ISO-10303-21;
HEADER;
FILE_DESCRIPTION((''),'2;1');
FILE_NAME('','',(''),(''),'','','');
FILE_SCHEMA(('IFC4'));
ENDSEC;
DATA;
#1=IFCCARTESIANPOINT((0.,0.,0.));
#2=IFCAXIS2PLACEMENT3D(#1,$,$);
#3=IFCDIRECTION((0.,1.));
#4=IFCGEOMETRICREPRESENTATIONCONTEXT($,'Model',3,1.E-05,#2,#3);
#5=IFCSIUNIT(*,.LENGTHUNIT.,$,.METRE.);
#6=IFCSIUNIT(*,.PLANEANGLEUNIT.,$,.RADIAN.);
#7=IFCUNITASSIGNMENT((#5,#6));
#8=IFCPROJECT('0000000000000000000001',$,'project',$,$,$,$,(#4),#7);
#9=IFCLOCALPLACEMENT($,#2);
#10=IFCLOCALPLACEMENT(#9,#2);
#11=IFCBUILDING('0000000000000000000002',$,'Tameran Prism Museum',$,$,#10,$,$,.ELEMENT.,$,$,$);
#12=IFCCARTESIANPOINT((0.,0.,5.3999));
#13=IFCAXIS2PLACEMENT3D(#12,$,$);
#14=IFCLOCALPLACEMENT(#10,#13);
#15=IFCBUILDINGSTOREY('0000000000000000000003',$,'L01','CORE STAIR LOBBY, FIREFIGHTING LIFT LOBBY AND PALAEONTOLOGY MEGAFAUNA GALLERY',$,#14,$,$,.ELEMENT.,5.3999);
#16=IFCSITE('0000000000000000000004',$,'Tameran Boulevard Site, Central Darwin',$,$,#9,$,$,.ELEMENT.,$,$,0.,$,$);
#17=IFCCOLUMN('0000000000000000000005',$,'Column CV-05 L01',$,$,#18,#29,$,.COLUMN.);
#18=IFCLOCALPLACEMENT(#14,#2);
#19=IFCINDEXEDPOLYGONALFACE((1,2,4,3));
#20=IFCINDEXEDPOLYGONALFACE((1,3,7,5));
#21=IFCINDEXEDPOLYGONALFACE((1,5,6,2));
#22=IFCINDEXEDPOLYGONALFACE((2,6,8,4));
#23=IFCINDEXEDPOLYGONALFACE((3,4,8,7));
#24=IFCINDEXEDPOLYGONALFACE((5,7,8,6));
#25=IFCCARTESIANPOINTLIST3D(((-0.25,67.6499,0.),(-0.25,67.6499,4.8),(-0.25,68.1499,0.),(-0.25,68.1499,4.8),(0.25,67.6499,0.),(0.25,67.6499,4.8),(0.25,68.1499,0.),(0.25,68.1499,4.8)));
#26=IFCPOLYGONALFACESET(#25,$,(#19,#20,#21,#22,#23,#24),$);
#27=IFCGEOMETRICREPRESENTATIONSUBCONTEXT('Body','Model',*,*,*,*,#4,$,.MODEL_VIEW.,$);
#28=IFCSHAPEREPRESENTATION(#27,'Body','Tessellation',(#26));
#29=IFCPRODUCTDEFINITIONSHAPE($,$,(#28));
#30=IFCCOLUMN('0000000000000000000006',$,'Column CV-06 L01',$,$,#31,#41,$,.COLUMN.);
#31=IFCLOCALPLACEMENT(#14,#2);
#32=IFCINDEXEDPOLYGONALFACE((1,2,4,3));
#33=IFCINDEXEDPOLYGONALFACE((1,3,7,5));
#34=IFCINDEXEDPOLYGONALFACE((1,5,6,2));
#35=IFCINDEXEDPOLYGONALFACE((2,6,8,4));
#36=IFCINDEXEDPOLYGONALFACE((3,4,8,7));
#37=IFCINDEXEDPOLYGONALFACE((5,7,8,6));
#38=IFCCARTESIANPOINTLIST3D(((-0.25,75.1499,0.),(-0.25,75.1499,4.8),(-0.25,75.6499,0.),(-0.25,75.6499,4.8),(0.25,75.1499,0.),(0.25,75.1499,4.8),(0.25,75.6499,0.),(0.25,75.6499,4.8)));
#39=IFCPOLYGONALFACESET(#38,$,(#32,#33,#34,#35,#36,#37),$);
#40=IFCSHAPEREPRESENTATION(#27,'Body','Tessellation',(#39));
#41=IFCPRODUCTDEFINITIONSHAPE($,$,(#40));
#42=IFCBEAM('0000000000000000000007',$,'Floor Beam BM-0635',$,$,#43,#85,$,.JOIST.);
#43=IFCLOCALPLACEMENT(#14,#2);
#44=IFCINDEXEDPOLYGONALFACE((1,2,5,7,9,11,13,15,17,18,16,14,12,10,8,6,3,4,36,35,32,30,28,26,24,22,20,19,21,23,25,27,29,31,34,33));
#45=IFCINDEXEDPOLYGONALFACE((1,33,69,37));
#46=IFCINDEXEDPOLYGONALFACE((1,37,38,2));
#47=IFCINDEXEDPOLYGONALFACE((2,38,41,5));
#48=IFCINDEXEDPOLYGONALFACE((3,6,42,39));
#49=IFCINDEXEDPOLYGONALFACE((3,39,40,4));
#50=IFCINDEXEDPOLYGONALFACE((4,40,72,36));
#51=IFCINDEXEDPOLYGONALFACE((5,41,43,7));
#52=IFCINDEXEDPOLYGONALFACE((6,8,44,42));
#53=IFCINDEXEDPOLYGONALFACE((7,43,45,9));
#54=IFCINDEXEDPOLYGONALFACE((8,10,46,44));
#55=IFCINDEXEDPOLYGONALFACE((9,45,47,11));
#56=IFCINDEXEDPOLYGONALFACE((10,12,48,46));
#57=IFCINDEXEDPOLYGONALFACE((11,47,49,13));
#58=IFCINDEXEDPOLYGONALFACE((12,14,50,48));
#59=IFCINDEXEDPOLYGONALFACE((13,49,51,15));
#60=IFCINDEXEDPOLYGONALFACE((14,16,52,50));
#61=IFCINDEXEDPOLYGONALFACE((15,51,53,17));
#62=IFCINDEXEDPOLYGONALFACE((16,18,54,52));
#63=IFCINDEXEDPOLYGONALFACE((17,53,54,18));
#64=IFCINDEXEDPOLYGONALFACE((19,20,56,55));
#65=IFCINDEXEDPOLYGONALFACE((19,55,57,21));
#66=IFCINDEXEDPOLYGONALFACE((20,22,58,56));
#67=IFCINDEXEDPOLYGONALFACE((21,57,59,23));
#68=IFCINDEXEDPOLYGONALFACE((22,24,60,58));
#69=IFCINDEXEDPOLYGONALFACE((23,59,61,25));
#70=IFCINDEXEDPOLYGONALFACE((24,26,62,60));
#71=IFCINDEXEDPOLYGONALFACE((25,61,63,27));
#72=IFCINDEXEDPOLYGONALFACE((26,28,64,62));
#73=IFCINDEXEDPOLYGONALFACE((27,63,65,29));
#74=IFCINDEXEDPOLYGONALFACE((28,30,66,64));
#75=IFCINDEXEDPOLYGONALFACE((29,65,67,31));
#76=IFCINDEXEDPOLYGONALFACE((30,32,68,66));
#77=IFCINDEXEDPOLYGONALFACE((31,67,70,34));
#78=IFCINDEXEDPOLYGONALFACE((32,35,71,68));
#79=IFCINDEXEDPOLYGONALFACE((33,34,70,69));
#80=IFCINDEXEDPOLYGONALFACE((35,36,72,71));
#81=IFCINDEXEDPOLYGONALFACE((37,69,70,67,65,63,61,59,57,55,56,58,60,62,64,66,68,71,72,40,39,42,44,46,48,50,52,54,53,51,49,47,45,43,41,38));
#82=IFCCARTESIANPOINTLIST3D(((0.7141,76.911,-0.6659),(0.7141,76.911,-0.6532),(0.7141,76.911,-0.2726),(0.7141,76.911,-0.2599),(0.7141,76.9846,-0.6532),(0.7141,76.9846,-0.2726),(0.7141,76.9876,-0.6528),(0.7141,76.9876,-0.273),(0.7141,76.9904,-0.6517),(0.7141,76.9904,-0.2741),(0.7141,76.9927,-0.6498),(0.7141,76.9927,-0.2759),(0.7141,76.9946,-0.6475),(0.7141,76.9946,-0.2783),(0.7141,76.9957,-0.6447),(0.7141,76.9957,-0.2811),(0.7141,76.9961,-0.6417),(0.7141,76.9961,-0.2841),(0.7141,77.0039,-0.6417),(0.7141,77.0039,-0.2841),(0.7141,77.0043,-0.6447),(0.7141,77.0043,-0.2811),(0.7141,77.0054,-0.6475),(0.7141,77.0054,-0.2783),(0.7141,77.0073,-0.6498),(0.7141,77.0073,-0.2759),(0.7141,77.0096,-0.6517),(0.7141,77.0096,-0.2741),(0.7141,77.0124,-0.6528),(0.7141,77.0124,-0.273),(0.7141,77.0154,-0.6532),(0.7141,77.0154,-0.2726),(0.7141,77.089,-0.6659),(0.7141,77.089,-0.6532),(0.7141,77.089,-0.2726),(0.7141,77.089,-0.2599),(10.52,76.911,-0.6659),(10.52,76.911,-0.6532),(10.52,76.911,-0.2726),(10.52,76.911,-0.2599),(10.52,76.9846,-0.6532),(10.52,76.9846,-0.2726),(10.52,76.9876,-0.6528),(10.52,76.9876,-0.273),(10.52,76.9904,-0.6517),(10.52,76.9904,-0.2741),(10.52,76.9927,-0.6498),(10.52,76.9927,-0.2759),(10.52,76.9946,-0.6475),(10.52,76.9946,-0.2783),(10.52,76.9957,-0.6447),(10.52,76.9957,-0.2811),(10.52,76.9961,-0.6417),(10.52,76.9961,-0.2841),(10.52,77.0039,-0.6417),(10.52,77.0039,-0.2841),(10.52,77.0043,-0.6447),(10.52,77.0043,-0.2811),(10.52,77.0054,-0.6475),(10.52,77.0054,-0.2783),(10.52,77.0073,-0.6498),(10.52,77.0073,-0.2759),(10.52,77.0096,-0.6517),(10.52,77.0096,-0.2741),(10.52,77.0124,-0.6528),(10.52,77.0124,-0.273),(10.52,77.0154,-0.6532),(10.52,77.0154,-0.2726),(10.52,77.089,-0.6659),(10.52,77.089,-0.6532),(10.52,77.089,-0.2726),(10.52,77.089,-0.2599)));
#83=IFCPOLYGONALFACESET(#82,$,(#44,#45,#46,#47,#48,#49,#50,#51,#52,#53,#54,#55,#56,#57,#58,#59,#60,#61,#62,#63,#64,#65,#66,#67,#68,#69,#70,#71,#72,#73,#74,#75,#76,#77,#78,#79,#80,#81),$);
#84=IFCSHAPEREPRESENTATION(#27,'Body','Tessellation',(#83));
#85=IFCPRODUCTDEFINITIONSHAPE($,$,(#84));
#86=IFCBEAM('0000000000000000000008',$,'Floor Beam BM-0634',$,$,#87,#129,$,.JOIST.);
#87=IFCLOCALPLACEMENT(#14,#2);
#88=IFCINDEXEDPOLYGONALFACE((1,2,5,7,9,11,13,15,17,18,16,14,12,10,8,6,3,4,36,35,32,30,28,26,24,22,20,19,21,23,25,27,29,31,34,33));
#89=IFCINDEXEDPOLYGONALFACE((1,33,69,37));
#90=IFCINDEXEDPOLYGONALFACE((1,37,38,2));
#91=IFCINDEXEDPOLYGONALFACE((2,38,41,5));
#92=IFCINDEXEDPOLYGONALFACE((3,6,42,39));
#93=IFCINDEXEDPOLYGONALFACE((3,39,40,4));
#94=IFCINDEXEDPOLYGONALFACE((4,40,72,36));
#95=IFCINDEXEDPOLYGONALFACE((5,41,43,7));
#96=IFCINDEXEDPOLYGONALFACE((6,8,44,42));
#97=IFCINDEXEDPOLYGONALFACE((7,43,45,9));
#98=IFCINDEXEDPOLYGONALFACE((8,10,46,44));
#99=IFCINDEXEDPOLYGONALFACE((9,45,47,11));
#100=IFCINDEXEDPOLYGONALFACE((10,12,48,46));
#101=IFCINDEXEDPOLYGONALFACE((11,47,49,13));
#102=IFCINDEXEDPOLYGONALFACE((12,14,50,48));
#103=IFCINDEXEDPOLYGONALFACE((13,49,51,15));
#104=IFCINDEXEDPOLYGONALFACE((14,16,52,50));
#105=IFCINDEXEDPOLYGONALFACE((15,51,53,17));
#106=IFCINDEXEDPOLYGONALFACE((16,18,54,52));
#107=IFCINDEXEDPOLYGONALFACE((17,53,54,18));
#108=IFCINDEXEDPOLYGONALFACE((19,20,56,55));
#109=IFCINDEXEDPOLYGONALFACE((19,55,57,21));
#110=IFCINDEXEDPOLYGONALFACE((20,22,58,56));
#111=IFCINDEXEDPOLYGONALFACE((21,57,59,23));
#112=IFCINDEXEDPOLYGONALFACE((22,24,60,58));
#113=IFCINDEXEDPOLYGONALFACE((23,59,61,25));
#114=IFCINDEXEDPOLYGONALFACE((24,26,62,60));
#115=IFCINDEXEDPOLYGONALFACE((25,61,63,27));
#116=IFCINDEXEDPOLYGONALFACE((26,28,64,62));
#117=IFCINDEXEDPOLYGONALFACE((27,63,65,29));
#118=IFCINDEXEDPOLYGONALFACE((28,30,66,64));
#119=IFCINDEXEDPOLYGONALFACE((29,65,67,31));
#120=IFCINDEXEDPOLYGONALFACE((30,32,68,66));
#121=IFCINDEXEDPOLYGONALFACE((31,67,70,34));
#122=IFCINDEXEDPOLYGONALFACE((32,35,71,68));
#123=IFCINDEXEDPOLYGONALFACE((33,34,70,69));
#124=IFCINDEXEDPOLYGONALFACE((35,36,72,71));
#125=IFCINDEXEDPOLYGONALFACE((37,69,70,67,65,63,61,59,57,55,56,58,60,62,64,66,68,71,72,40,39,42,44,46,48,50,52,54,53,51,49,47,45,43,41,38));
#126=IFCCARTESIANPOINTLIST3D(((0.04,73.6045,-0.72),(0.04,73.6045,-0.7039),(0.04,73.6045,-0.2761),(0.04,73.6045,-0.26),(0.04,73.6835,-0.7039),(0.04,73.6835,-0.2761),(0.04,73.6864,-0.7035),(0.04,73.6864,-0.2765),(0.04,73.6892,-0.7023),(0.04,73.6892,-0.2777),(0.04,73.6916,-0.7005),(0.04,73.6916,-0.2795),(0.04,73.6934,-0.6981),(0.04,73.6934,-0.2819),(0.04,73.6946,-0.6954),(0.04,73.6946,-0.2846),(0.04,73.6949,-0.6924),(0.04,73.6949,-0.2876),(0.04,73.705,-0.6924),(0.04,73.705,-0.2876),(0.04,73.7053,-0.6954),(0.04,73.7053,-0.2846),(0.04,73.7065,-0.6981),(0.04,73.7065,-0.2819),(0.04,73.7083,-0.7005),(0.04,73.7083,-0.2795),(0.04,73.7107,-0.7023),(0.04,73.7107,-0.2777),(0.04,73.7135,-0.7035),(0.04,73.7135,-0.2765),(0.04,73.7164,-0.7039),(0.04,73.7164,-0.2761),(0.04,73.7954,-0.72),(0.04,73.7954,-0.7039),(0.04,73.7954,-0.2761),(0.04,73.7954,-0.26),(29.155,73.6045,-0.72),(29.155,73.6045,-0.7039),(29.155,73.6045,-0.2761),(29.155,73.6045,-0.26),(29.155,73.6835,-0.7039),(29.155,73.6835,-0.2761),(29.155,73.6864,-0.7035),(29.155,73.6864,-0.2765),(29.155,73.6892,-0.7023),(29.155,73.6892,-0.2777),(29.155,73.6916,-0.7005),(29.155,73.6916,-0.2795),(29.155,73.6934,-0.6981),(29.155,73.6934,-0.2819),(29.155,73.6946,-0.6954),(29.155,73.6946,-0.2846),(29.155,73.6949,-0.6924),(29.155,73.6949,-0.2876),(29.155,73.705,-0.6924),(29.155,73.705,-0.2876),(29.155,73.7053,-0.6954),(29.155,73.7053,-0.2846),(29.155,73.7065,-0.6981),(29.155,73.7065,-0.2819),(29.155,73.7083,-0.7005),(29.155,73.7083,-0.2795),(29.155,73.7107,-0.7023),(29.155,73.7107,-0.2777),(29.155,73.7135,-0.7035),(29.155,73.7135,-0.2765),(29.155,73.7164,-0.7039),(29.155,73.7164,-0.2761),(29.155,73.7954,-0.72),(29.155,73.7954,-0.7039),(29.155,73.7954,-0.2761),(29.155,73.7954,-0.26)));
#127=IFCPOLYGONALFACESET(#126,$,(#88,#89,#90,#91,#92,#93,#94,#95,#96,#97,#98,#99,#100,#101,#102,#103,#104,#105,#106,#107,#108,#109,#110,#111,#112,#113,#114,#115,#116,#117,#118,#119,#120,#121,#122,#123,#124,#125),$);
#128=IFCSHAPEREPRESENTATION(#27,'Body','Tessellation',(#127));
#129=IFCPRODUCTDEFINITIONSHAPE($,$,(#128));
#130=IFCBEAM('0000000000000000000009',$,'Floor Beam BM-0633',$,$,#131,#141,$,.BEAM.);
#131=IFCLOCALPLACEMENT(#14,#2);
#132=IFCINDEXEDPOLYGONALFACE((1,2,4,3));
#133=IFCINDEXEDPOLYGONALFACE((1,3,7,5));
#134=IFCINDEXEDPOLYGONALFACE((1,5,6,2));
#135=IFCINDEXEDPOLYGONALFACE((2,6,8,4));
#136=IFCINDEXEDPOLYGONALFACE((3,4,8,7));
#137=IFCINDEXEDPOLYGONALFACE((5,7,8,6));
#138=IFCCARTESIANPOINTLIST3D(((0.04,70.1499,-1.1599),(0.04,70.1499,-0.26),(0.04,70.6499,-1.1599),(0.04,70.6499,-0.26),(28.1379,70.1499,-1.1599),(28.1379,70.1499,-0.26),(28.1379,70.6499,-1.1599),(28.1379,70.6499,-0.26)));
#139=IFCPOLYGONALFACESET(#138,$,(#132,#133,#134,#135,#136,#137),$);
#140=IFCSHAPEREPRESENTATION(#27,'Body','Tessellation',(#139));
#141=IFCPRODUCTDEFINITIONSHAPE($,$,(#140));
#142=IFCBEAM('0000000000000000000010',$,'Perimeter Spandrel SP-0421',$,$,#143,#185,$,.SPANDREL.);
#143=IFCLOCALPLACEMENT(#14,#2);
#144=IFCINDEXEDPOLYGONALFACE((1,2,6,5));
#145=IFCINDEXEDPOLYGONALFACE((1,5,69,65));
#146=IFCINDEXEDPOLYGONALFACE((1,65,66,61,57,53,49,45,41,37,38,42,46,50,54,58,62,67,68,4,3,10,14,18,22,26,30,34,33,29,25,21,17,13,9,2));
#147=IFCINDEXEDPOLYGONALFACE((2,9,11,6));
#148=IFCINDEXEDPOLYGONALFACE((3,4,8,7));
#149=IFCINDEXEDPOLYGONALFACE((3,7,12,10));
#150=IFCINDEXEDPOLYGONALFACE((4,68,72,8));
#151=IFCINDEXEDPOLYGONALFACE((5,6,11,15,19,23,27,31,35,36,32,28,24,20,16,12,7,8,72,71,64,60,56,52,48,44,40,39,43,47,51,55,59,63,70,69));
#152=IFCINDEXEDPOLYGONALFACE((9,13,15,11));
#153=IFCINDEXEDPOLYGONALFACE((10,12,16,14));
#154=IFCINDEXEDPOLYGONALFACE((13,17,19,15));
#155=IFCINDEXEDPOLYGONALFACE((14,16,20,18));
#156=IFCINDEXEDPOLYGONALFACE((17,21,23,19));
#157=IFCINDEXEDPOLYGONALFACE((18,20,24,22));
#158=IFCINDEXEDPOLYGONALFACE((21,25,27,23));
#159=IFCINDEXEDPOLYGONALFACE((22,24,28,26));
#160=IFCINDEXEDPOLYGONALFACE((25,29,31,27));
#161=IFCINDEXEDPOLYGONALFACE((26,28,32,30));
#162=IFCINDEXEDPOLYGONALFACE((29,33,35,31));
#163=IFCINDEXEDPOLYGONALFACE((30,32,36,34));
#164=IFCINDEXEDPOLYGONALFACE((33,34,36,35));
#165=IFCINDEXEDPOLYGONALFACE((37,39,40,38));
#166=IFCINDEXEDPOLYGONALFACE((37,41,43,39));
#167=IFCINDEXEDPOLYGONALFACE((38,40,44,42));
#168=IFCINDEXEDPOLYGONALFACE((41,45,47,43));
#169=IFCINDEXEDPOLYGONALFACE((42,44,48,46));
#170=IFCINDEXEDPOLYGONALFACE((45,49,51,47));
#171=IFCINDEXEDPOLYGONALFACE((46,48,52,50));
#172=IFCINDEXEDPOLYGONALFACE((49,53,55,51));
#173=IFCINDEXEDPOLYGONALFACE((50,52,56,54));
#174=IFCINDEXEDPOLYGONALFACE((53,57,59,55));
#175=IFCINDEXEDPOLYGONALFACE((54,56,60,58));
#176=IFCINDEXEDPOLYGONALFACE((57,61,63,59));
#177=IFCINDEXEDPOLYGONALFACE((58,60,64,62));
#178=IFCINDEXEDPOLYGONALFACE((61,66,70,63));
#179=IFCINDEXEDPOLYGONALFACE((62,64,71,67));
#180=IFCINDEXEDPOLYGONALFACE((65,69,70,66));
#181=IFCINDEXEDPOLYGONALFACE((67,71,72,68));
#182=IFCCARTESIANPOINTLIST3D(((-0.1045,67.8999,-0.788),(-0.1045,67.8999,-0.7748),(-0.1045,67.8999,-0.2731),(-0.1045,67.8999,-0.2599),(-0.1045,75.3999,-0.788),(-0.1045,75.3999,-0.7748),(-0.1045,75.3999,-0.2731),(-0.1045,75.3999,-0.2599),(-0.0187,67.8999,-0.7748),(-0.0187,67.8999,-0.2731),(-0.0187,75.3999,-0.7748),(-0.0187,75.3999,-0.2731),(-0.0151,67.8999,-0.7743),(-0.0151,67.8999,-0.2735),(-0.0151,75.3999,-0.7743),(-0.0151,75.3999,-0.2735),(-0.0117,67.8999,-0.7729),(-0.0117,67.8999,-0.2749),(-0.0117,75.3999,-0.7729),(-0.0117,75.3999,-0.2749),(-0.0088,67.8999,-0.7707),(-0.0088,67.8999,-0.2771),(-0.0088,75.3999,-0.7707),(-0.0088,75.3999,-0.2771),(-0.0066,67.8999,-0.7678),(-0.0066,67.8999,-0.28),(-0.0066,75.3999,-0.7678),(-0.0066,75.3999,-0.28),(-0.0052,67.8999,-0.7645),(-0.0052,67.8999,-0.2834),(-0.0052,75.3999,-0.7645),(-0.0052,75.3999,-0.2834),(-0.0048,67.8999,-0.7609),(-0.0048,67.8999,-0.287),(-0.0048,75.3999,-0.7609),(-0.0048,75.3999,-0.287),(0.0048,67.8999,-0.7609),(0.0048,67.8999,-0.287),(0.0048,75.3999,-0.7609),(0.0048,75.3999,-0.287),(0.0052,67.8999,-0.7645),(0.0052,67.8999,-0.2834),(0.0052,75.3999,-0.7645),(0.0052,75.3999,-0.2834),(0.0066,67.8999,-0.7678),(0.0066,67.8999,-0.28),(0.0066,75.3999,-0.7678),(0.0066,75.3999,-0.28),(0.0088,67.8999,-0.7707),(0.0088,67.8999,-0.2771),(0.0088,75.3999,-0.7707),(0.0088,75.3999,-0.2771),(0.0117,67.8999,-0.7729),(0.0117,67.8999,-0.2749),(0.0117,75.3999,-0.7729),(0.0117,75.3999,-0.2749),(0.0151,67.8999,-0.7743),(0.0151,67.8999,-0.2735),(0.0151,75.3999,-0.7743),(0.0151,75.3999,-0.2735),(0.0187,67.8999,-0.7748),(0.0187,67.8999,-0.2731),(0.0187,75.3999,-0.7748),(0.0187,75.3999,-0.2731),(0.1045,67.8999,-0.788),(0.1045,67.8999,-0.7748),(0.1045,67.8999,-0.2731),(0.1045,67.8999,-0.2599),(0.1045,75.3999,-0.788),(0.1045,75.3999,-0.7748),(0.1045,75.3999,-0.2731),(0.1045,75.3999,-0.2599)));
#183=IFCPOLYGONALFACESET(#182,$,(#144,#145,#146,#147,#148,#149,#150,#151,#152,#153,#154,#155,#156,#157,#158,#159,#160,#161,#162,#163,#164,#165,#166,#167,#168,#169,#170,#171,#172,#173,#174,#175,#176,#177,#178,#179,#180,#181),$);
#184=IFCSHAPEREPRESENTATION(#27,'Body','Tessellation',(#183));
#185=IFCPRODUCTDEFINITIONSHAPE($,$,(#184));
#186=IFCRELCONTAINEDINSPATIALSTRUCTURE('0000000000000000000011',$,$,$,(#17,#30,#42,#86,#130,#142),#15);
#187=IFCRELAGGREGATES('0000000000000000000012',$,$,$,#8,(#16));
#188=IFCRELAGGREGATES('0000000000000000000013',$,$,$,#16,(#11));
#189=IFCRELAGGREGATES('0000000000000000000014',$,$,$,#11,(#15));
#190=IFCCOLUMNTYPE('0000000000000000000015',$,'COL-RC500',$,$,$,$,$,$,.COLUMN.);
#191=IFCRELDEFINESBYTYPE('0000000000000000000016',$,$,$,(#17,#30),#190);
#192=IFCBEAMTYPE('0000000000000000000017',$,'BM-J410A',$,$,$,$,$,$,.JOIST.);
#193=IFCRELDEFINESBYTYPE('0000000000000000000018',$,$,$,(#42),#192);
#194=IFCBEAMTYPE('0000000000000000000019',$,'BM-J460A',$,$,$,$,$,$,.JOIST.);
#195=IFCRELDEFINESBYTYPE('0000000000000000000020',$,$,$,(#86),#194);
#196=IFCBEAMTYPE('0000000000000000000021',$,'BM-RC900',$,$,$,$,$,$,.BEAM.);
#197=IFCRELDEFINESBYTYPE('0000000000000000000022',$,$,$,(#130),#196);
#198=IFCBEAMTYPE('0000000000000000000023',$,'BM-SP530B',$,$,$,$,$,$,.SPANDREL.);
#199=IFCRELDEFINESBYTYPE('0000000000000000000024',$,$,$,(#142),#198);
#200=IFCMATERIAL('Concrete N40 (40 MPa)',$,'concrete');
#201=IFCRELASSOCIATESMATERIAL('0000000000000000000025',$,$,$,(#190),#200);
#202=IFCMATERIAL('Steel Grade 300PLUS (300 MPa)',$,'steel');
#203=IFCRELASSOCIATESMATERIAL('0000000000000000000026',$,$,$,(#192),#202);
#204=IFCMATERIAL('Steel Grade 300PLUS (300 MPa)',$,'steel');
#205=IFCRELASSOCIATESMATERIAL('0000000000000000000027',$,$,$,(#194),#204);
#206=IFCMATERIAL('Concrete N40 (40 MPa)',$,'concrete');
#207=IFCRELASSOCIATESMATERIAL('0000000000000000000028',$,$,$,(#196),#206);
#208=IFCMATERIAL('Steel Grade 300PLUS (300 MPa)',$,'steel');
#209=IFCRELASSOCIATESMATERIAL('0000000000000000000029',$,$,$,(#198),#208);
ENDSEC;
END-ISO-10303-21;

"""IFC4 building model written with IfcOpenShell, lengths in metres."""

from ifc_helpers import new_model, si_unit, direction, frame, origin, origin_2d, place, context, subcontext, project, spatial, rectangle, i_section, extrude, material, material_profile, profile_set, type_object, element, save


model = new_model("IFC4")

# Units and contexts
model_context = context("Model", 3, precision=1e-05, world=origin(), true_north=direction((0.0, 1.0)))
body_context = subcontext(model_context, "Body", "Model", "MODEL_VIEW")
ifc_project = project(units=[si_unit("LENGTHUNIT", "METRE"), si_unit("PLANEANGLEUNIT", "RADIAN")], contexts=[model_context])

# Site, building, storey
site_placement = place(None, origin())
site = spatial("IfcSite", under=ifc_project, at=site_placement, Name="Tameran Boulevard Site, Central Darwin", CompositionType="ELEMENT", RefElevation=0.0)
building_placement = place(site_placement, origin())
building = spatial("IfcBuilding", under=site, at=building_placement, Name="Tameran Prism Museum", CompositionType="ELEMENT")
storey_placement = place(building_placement, frame((0.0, 0.0, 5.3999)))
storey = spatial("IfcBuildingStorey", under=building, at=storey_placement, Name="L01", Description="CORE STAIR LOBBY, FIREFIGHTING LIFT LOBBY AND PALAEONTOLOGY MEGAFAUNA GALLERY", CompositionType="ELEMENT", Elevation=5.3999)

# Columns
ifc_material_1 = material(Name="Concrete N40 (40 MPa)", Category="concrete")
ifc_material_profile_1 = material_profile(ifc_material_1, rectangle(XDim=0.5, YDim=0.5, at=origin_2d()))
ifc_profile_set_1 = profile_set([ifc_material_profile_1])
column_type = type_object("IfcColumnType", Name="COL-RC500", PredefinedType="COLUMN", material=ifc_profile_set_1)
for number, where, z_axis, x_axis, name in (
    (1, (0.0, 67.8999, 0.0), (0.0, 0.0, 1.0), (1.0, 0.0, 0.0), "Column CV-05 L01"),
    (2, (0.0, 75.3999, 0.0), (0.0, 0.0, 1.0), (1.0, 0.0, 0.0), "Column CV-06 L01"),
):
    element("IfcColumn", number, at=place(storey_placement, frame(where, z_axis=z_axis, x_axis=x_axis)), inside=storey, type_object=column_type, Name=name, PredefinedType="COLUMN", context=body_context, shape_type="SweptSolid", body=[
        extrude(rectangle(XDim=0.5, YDim=0.5, at=origin_2d()), origin(), (0.0, 0.0, 1.0), 4.8),
    ])

# Beams
ifc_material_2 = material(Name="Steel Grade 300PLUS (300 MPa)", Category="steel")
ifc_material_profile_2 = material_profile(ifc_material_2, i_section(OverallWidth=0.178, OverallDepth=0.406, WebThickness=0.0078, FlangeThickness=0.0127, FilletRadius=0.0115, at=origin_2d()))
ifc_profile_set_2 = profile_set([ifc_material_profile_2])
beam_type_1 = type_object("IfcBeamType", Name="BM-J410A", PredefinedType="JOIST", material=ifc_profile_set_2)
beam_1_placement = place(storey_placement, frame((0.7141, 77.0, -0.4629), z_axis=(1.0, 0.0, 0.0), x_axis=(0.0, 1.0, 0.0)))
element("IfcBeam", 3, at=beam_1_placement, inside=storey, type_object=beam_type_1, Name="Floor Beam BM-0635", PredefinedType="JOIST", context=body_context, shape_type="SweptSolid", body=[
    extrude(i_section(OverallWidth=0.178, OverallDepth=0.406, WebThickness=0.0078, FlangeThickness=0.0127, FilletRadius=0.0115, at=origin_2d()), origin(), (0.0, 0.0, 1.0), 9.8059),
])
ifc_material_3 = material(Name="Steel Grade 300PLUS (300 MPa)", Category="steel")
ifc_material_profile_3 = material_profile(ifc_material_3, i_section(OverallWidth=0.1909, OverallDepth=0.46, WebThickness=0.01, FlangeThickness=0.0161, FilletRadius=0.0115, at=origin_2d()))
ifc_profile_set_3 = profile_set([ifc_material_profile_3])
beam_type_2 = type_object("IfcBeamType", Name="BM-J460A", PredefinedType="JOIST", material=ifc_profile_set_3)
beam_2_placement = place(storey_placement, frame((0.04, 73.7, -0.49), z_axis=(1.0, 0.0, 0.0), x_axis=(0.0, 1.0, 0.0)))
element("IfcBeam", 4, at=beam_2_placement, inside=storey, type_object=beam_type_2, Name="Floor Beam BM-0634", PredefinedType="JOIST", context=body_context, shape_type="SweptSolid", body=[
    extrude(i_section(OverallWidth=0.1909, OverallDepth=0.46, WebThickness=0.01, FlangeThickness=0.0161, FilletRadius=0.0115, at=origin_2d()), origin(), (0.0, 0.0, 1.0), 29.115),
])
ifc_material_4 = material(Name="Concrete N40 (40 MPa)", Category="concrete")
ifc_material_profile_4 = material_profile(ifc_material_4, rectangle(XDim=0.5, YDim=0.8999, at=origin_2d()))
ifc_profile_set_4 = profile_set([ifc_material_profile_4])
beam_type_3 = type_object("IfcBeamType", Name="BM-RC900", PredefinedType="BEAM", material=ifc_profile_set_4)
beam_3_placement = place(storey_placement, frame((0.04, 70.3999, -0.71), z_axis=(1.0, 0.0, 0.0), x_axis=(0.0, 1.0, 0.0)))
element("IfcBeam", 5, at=beam_3_placement, inside=storey, type_object=beam_type_3, Name="Floor Beam BM-0633", PredefinedType="BEAM", context=body_context, shape_type="SweptSolid", body=[
    extrude(rectangle(XDim=0.5, YDim=0.8999, at=origin_2d()), origin(), (0.0, 0.0, 1.0), 28.0979),
])
ifc_material_5 = material(Name="Steel Grade 300PLUS (300 MPa)", Category="steel")
ifc_material_profile_5 = material_profile(ifc_material_5, i_section(OverallWidth=0.209, OverallDepth=0.5281, WebThickness=0.0095, FlangeThickness=0.0132, FilletRadius=0.0139, at=origin_2d()))
ifc_profile_set_5 = profile_set([ifc_material_profile_5])
beam_type_4 = type_object("IfcBeamType", Name="BM-SP530B", PredefinedType="SPANDREL", material=ifc_profile_set_5)
beam_4_placement = place(storey_placement, frame((0.0, 75.3999, -0.5239), z_axis=(0.0, -1.0, 0.0), x_axis=(1.0, 0.0, 0.0)))
element("IfcBeam", 6, at=beam_4_placement, inside=storey, type_object=beam_type_4, Name="Perimeter Spandrel SP-0421", PredefinedType="SPANDREL", context=body_context, shape_type="SweptSolid", body=[
    extrude(i_section(OverallWidth=0.209, OverallDepth=0.5281, WebThickness=0.0095, FlangeThickness=0.0132, FilletRadius=0.0139, at=origin_2d()), origin(), (0.0, 0.0, 1.0), 7.5),
])

save(model, "model.ifc")
